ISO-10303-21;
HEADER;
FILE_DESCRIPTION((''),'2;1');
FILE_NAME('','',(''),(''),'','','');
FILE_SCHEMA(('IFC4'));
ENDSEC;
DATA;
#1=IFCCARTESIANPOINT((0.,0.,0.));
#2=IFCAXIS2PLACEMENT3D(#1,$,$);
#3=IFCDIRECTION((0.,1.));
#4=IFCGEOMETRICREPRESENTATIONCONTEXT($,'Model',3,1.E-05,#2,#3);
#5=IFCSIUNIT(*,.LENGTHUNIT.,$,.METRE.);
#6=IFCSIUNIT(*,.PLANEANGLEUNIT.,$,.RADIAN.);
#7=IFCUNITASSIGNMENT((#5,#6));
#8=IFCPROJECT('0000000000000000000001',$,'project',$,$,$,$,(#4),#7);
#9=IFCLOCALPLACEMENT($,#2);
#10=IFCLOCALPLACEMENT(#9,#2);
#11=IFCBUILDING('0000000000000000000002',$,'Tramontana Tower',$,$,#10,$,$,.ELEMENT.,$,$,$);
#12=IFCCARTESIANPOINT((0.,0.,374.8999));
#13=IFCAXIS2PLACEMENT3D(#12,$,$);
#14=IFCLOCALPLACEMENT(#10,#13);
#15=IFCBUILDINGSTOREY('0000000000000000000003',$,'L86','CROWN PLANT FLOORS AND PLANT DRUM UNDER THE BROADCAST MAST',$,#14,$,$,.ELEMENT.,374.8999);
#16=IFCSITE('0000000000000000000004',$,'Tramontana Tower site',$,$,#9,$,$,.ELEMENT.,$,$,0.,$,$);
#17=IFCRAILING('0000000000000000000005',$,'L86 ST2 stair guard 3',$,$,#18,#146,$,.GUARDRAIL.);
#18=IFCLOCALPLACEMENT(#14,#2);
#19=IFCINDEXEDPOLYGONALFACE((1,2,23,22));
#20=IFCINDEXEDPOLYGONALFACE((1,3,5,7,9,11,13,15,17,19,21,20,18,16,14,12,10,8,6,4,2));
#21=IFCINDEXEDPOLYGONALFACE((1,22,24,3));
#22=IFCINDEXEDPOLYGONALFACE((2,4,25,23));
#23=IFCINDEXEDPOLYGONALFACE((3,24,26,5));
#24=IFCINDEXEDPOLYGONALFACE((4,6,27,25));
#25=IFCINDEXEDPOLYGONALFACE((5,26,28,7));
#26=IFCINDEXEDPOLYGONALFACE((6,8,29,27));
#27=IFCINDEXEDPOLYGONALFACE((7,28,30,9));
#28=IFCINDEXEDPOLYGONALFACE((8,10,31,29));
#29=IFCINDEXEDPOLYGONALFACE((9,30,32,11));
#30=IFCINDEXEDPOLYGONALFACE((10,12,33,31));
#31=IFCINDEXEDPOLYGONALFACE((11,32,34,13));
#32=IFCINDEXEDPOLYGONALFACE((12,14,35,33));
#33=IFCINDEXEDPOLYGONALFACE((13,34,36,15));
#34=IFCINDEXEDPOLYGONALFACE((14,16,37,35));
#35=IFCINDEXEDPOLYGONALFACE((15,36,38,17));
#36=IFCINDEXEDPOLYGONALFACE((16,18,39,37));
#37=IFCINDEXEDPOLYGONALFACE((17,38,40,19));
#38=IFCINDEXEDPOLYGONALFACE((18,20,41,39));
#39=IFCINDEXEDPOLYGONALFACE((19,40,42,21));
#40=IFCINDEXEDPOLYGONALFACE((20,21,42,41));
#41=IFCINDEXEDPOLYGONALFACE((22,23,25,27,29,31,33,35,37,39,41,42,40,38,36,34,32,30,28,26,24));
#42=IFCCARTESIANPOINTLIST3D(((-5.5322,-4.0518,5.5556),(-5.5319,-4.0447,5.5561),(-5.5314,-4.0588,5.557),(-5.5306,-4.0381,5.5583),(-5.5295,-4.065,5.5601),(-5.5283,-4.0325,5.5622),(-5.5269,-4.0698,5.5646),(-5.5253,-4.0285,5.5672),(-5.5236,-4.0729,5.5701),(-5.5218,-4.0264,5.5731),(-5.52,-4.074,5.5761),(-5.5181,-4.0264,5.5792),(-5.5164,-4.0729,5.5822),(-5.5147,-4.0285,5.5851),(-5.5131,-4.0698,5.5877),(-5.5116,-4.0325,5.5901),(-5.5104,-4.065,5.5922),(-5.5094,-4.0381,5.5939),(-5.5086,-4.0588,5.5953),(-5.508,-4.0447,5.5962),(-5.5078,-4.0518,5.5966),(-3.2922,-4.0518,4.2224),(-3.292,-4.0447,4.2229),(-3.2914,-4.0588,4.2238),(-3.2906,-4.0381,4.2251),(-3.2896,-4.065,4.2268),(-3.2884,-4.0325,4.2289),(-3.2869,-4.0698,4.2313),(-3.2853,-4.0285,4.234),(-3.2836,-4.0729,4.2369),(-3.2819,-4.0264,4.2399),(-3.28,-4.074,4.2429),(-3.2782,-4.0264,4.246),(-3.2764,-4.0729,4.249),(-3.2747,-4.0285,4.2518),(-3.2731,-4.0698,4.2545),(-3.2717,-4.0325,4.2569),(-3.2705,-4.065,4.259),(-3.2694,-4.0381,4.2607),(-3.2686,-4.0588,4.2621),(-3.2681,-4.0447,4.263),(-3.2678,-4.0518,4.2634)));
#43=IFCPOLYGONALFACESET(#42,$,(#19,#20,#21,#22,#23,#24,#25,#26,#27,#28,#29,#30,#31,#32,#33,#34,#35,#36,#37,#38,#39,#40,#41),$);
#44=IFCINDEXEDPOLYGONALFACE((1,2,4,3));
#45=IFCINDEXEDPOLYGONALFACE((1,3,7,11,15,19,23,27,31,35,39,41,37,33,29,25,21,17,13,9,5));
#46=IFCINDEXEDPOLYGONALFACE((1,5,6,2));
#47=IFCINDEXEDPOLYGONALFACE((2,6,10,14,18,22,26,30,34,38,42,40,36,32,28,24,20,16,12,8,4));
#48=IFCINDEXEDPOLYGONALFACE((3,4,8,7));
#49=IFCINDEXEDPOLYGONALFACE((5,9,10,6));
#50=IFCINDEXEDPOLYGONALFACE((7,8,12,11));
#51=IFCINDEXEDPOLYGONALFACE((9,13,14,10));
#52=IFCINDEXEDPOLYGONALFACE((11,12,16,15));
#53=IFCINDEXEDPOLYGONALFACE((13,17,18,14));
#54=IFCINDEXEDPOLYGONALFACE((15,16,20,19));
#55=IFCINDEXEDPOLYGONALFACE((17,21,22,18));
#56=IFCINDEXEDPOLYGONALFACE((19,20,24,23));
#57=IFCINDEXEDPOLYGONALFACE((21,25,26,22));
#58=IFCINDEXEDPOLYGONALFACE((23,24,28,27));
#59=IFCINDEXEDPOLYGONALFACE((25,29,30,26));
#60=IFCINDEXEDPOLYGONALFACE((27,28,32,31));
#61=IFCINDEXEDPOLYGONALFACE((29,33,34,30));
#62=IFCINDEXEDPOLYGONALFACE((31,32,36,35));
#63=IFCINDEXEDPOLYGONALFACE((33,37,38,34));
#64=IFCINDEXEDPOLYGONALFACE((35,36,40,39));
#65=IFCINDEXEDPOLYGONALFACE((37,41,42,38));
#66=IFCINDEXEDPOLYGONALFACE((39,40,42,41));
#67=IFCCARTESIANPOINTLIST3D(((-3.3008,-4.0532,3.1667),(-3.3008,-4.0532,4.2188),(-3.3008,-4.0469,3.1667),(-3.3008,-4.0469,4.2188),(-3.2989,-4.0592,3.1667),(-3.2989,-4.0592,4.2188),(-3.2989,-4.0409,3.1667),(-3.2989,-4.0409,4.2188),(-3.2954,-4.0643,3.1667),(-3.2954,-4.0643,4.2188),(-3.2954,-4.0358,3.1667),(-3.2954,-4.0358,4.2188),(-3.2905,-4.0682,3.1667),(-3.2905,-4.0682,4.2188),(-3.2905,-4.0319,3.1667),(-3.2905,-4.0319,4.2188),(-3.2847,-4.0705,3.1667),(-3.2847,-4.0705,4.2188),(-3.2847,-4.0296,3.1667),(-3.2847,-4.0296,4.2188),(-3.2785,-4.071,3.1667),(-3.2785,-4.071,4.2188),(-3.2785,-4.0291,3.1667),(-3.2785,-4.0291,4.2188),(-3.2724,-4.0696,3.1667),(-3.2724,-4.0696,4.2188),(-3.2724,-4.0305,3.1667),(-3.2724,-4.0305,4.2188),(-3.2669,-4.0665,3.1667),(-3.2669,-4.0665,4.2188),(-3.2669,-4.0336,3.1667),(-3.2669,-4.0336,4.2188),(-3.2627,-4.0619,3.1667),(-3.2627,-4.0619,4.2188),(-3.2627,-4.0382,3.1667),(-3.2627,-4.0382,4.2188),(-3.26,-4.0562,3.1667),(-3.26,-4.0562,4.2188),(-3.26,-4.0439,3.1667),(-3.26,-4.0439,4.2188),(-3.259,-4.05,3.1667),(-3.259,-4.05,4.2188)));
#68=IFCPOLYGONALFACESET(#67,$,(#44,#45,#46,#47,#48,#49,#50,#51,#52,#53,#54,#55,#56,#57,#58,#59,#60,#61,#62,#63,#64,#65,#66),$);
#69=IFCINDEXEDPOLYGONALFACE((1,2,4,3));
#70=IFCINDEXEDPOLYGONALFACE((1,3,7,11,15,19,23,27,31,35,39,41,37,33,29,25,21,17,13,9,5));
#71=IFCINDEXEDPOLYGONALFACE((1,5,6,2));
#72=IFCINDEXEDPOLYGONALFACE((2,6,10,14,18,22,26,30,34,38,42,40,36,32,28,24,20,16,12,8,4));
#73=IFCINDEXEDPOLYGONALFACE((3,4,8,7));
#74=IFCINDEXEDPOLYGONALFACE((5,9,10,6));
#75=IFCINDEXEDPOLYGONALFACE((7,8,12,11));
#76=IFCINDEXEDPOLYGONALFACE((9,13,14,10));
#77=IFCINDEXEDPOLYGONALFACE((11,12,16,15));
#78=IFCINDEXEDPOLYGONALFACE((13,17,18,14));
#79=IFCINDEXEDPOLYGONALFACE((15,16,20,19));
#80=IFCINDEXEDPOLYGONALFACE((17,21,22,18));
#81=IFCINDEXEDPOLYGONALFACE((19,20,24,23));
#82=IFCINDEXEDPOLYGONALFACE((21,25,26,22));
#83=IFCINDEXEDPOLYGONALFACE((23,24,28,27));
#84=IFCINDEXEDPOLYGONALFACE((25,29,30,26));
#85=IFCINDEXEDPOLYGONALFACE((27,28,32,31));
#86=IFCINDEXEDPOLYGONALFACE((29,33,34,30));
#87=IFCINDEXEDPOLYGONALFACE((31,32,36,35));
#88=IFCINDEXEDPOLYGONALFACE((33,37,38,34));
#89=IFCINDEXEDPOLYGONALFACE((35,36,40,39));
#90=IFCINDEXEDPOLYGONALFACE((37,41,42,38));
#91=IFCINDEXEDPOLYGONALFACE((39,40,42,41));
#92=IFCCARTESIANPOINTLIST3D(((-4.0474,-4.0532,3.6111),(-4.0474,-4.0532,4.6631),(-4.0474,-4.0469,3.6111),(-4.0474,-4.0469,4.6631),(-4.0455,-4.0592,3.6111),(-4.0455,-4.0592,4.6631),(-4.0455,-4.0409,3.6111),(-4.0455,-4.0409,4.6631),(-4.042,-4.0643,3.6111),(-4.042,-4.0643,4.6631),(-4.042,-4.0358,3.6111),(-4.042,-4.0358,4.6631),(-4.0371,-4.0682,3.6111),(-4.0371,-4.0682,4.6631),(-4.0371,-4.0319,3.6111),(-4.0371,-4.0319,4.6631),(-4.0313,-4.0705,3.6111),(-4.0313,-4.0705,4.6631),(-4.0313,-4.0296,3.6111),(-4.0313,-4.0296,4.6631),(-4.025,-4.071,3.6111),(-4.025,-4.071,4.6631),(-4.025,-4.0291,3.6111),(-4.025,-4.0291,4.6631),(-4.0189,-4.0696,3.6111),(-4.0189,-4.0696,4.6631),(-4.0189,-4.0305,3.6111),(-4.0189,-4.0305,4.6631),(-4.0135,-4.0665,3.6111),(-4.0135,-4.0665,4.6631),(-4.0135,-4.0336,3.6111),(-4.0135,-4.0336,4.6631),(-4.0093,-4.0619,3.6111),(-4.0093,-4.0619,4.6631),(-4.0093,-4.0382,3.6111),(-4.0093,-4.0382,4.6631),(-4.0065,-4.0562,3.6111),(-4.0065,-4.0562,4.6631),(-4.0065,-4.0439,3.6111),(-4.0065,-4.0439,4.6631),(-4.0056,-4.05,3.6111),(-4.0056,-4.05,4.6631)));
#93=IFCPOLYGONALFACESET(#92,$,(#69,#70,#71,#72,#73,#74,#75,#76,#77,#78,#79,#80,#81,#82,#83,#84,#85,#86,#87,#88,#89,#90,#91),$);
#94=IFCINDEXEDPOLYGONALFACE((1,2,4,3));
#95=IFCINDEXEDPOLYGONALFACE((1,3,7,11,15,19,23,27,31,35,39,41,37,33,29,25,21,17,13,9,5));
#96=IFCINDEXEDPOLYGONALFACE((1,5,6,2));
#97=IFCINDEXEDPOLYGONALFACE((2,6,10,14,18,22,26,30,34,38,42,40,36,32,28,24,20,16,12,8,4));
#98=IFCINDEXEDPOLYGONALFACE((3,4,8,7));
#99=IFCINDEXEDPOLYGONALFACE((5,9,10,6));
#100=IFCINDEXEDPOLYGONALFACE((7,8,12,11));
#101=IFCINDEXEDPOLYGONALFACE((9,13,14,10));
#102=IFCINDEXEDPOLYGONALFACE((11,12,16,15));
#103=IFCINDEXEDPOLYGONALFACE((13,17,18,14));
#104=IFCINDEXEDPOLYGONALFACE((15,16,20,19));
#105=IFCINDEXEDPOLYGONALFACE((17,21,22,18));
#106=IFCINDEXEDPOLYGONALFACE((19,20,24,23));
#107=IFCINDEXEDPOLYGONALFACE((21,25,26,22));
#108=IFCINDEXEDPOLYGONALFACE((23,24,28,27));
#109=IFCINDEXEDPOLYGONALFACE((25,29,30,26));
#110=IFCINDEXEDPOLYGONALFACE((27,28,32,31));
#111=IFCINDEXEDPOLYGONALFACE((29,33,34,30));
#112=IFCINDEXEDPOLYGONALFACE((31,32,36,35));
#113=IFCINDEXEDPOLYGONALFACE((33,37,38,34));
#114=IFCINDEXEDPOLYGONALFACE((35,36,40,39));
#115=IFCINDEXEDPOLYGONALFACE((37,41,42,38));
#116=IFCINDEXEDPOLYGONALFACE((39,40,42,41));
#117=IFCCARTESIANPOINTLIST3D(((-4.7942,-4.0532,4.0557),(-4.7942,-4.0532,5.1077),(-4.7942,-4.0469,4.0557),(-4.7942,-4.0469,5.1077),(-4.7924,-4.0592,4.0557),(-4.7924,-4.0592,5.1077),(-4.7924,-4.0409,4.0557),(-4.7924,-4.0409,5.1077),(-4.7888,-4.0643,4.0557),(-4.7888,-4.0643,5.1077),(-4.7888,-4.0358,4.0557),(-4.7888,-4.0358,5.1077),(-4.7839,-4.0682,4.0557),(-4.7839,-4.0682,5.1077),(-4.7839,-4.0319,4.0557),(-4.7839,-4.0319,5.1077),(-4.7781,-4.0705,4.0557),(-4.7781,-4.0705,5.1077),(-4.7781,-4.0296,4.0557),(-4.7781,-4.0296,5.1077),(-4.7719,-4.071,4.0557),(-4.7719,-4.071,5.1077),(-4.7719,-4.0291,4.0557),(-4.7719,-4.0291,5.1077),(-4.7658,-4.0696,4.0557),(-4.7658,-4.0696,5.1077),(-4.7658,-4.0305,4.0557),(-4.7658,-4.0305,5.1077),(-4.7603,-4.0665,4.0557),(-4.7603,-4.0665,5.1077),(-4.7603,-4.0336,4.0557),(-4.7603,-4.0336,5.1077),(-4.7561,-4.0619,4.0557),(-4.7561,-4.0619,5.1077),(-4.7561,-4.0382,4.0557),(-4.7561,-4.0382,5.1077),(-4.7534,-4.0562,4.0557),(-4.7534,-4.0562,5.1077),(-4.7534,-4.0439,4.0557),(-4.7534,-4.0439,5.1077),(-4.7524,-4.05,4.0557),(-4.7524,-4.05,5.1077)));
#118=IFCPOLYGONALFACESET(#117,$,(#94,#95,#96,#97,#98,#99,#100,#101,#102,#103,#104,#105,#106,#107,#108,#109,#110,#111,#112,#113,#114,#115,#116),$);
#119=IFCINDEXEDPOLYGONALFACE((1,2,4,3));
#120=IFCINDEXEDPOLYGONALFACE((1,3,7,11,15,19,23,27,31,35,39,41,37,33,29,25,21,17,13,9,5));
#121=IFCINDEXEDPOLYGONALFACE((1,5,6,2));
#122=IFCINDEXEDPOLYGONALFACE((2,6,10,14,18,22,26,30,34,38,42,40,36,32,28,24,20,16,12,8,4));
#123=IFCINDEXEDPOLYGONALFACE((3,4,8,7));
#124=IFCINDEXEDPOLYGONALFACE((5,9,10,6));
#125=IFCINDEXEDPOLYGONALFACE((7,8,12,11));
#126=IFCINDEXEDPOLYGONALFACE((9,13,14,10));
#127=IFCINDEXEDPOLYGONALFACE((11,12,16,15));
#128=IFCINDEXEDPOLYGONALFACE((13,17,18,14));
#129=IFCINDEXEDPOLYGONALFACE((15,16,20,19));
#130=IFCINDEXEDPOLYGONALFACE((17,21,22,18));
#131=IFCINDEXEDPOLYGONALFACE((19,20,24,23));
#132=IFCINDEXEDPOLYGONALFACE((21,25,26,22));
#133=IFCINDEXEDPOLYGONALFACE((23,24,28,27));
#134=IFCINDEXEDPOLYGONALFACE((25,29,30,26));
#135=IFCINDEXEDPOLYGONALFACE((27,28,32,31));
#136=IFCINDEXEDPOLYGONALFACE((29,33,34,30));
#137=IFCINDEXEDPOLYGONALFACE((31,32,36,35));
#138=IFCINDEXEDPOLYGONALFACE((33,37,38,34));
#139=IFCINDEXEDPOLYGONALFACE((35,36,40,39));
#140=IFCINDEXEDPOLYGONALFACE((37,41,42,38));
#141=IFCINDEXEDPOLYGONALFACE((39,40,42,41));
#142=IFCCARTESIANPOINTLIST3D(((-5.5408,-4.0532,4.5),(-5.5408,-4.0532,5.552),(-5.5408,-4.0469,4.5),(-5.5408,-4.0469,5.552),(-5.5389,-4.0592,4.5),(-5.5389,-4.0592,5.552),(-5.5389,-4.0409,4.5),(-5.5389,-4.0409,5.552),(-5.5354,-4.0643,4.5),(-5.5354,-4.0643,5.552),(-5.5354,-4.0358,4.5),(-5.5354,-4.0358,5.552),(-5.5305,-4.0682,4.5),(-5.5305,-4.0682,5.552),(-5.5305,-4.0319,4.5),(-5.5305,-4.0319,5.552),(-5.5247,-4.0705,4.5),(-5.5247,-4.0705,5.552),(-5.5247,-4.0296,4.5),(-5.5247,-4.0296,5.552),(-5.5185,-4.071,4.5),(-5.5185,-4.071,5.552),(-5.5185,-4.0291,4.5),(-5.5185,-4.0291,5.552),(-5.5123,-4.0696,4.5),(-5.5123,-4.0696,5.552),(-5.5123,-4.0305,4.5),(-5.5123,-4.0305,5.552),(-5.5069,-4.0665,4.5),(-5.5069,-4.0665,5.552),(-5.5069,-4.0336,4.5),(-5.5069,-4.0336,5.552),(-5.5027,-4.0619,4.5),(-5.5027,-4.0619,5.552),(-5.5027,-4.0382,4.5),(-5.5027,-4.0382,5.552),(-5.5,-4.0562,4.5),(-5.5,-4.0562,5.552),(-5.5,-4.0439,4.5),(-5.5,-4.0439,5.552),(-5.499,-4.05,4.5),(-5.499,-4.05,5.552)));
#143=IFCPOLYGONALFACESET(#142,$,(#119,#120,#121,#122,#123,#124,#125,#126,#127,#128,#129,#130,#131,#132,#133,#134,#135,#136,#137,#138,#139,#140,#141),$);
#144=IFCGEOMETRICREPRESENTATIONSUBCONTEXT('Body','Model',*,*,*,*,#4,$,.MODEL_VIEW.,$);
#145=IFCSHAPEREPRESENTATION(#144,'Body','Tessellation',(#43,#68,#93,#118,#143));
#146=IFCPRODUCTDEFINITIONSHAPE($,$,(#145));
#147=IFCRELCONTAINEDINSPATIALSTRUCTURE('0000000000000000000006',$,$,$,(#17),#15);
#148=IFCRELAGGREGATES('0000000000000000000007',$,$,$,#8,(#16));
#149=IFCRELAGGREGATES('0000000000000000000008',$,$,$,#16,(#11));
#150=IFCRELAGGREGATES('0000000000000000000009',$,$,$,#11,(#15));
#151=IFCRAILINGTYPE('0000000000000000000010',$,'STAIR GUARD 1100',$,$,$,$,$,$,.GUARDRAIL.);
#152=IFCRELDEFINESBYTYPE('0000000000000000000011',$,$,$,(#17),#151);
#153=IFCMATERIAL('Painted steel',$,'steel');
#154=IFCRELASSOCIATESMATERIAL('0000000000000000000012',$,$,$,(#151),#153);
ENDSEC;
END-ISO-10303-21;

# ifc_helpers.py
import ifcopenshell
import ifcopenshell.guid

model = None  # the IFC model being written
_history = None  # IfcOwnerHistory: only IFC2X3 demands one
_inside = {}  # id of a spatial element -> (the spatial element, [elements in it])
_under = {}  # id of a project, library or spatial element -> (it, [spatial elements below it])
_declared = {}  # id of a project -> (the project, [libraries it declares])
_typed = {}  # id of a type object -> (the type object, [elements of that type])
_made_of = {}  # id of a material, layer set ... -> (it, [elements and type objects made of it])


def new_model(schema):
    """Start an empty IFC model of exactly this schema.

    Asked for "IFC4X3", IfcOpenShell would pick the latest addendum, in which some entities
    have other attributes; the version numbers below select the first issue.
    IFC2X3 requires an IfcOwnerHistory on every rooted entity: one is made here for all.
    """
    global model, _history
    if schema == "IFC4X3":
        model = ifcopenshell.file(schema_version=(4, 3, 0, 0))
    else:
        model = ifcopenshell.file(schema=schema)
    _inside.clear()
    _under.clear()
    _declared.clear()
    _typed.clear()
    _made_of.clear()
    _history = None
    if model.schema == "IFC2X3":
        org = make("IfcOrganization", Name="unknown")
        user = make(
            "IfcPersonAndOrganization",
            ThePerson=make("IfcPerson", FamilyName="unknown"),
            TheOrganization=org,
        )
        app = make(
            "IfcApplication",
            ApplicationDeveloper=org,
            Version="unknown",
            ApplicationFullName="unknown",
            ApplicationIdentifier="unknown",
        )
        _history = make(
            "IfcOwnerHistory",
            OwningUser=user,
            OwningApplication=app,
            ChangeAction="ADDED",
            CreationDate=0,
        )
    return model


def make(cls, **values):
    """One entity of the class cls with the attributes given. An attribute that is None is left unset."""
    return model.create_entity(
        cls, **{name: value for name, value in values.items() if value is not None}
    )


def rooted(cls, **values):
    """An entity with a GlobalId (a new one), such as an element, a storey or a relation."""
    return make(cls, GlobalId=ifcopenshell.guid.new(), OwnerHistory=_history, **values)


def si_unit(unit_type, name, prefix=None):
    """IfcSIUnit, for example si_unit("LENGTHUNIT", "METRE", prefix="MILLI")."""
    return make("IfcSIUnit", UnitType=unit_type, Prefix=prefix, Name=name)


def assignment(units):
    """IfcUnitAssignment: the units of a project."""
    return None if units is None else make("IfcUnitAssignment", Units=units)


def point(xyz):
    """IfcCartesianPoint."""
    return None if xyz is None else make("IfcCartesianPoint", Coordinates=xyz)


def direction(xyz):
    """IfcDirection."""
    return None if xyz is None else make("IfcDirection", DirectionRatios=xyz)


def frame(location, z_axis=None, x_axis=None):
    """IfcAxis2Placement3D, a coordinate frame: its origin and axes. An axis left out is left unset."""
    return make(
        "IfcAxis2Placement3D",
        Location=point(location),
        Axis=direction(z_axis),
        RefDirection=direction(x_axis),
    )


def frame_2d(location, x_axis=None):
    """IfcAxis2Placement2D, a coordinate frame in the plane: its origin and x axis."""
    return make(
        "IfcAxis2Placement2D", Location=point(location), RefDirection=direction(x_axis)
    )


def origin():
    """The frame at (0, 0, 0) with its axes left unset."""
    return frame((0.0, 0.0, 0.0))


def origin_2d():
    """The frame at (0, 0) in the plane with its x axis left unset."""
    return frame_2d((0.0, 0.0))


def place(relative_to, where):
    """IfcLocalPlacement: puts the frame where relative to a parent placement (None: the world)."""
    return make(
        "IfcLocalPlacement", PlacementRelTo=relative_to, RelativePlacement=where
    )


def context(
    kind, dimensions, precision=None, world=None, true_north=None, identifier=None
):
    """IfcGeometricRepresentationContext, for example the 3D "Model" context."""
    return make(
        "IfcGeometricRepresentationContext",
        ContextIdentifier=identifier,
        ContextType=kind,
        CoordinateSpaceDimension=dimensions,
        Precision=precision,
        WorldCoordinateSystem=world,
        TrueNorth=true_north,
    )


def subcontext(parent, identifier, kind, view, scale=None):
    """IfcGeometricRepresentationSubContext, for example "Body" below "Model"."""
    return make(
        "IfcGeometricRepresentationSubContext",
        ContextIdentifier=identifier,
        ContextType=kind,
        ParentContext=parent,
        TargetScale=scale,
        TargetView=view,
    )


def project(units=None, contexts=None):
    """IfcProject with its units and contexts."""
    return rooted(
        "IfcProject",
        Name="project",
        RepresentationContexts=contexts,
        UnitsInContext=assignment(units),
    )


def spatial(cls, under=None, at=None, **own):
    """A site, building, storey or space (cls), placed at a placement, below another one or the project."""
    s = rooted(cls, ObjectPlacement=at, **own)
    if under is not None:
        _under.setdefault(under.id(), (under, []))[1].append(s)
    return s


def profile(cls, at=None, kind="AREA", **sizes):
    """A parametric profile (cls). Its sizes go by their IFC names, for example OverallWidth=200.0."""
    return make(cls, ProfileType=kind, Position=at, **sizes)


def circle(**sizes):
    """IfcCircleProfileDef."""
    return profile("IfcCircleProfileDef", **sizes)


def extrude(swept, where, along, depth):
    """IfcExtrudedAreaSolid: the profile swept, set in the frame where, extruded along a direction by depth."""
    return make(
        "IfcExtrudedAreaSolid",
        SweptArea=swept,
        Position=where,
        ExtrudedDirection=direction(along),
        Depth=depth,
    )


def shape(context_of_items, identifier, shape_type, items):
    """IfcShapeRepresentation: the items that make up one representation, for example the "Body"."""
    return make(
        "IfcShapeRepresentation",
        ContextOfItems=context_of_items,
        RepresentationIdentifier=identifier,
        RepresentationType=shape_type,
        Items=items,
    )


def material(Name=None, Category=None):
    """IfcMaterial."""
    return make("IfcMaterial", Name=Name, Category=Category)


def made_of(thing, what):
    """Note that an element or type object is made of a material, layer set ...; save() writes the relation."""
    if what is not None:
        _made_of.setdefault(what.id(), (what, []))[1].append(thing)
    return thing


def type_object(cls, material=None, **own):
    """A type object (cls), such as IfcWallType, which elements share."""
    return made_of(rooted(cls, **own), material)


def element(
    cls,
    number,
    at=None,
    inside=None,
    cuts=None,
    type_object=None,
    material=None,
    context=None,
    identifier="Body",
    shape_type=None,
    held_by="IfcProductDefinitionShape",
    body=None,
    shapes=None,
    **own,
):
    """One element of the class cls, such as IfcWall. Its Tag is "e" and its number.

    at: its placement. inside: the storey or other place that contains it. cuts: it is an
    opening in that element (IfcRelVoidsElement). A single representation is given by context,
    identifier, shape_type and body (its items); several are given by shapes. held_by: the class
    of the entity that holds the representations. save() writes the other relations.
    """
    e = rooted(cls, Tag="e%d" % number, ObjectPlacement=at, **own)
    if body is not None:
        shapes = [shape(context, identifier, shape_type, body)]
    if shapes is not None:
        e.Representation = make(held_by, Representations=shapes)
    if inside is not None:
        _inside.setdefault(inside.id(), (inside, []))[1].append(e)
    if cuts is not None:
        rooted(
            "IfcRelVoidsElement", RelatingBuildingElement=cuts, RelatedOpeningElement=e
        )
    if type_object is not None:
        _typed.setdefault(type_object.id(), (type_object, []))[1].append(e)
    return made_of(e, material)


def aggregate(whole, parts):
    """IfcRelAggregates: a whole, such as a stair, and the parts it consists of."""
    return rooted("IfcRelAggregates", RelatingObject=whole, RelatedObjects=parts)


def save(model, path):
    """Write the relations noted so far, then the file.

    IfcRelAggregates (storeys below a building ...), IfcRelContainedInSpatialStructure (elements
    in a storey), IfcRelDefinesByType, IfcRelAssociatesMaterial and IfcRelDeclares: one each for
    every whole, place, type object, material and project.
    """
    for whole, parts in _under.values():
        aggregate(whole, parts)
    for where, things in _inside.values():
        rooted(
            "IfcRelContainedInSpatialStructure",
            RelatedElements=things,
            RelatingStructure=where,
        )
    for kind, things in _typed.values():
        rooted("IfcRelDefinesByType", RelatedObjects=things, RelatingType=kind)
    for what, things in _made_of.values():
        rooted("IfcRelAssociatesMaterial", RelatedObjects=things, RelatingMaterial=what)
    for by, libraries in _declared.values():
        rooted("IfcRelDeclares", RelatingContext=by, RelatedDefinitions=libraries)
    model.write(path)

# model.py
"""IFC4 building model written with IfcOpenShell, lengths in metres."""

from ifc_helpers import new_model, si_unit, direction, frame, origin, origin_2d, place, context, subcontext, project, spatial, circle, extrude, material, type_object, element, save


model = new_model("IFC4")

# Units and contexts
model_context = context("Model", 3, precision=1e-05, world=origin(), true_north=direction((0.0, 1.0)))
body_context = subcontext(model_context, "Body", "Model", "MODEL_VIEW")
ifc_project = project(units=[si_unit("LENGTHUNIT", "METRE"), si_unit("PLANEANGLEUNIT", "RADIAN")], contexts=[model_context])

# Site, building, storey
site_placement = place(None, origin())
site = spatial("IfcSite", under=ifc_project, at=site_placement, Name="Tramontana Tower site", CompositionType="ELEMENT", RefElevation=0.0)
building_placement = place(site_placement, origin())
building = spatial("IfcBuilding", under=site, at=building_placement, Name="Tramontana Tower", CompositionType="ELEMENT")
storey_placement = place(building_placement, frame((0.0, 0.0, 374.8999)))
storey = spatial("IfcBuildingStorey", under=building, at=storey_placement, Name="L86", Description="CROWN PLANT FLOORS AND PLANT DRUM UNDER THE BROADCAST MAST", CompositionType="ELEMENT", Elevation=374.8999)

# Railing
ifc_material_1 = material(Name="Painted steel", Category="steel")
railing_type_1 = type_object("IfcRailingType", Name="STAIR GUARD 1100", PredefinedType="GUARDRAIL", material=ifc_material_1)
for number, where, name in (
    (1, (-3.28, -4.05, 3.1667), "L86 ST2 stair guard 3"),
):
    element("IfcRailing", number, at=place(storey_placement, frame(where)), inside=storey, type_object=railing_type_1, Name=name, PredefinedType="GUARDRAIL", context=body_context, shape_type="SweptSolid", body=[
        extrude(circle(Radius=0.0239, at=origin_2d()), frame((0.0, 0.0, 1.0762), z_axis=(-0.859306, 0.0, 0.511462), x_axis=(0.0, -1.0, 0.0)), (0.0, 0.0, 1.0), 2.6067),
        extrude(circle(Radius=0.021, at=origin_2d()), origin(), (0.0, 0.0, 1.0), 1.052),
        extrude(circle(Radius=0.021, at=origin_2d()), frame((-0.7466, 0.0, 0.4443)), (0.0, 0.0, 1.0), 1.052),
        extrude(circle(Radius=0.021, at=origin_2d()), frame((-1.4934, 0.0, 0.8889)), (0.0, 0.0, 1.0), 1.052),
        extrude(circle(Radius=0.021, at=origin_2d()), frame((-2.24, 0.0, 1.3333)), (0.0, 0.0, 1.0), 1.052),
    ])

save(model, "model.ifc")
